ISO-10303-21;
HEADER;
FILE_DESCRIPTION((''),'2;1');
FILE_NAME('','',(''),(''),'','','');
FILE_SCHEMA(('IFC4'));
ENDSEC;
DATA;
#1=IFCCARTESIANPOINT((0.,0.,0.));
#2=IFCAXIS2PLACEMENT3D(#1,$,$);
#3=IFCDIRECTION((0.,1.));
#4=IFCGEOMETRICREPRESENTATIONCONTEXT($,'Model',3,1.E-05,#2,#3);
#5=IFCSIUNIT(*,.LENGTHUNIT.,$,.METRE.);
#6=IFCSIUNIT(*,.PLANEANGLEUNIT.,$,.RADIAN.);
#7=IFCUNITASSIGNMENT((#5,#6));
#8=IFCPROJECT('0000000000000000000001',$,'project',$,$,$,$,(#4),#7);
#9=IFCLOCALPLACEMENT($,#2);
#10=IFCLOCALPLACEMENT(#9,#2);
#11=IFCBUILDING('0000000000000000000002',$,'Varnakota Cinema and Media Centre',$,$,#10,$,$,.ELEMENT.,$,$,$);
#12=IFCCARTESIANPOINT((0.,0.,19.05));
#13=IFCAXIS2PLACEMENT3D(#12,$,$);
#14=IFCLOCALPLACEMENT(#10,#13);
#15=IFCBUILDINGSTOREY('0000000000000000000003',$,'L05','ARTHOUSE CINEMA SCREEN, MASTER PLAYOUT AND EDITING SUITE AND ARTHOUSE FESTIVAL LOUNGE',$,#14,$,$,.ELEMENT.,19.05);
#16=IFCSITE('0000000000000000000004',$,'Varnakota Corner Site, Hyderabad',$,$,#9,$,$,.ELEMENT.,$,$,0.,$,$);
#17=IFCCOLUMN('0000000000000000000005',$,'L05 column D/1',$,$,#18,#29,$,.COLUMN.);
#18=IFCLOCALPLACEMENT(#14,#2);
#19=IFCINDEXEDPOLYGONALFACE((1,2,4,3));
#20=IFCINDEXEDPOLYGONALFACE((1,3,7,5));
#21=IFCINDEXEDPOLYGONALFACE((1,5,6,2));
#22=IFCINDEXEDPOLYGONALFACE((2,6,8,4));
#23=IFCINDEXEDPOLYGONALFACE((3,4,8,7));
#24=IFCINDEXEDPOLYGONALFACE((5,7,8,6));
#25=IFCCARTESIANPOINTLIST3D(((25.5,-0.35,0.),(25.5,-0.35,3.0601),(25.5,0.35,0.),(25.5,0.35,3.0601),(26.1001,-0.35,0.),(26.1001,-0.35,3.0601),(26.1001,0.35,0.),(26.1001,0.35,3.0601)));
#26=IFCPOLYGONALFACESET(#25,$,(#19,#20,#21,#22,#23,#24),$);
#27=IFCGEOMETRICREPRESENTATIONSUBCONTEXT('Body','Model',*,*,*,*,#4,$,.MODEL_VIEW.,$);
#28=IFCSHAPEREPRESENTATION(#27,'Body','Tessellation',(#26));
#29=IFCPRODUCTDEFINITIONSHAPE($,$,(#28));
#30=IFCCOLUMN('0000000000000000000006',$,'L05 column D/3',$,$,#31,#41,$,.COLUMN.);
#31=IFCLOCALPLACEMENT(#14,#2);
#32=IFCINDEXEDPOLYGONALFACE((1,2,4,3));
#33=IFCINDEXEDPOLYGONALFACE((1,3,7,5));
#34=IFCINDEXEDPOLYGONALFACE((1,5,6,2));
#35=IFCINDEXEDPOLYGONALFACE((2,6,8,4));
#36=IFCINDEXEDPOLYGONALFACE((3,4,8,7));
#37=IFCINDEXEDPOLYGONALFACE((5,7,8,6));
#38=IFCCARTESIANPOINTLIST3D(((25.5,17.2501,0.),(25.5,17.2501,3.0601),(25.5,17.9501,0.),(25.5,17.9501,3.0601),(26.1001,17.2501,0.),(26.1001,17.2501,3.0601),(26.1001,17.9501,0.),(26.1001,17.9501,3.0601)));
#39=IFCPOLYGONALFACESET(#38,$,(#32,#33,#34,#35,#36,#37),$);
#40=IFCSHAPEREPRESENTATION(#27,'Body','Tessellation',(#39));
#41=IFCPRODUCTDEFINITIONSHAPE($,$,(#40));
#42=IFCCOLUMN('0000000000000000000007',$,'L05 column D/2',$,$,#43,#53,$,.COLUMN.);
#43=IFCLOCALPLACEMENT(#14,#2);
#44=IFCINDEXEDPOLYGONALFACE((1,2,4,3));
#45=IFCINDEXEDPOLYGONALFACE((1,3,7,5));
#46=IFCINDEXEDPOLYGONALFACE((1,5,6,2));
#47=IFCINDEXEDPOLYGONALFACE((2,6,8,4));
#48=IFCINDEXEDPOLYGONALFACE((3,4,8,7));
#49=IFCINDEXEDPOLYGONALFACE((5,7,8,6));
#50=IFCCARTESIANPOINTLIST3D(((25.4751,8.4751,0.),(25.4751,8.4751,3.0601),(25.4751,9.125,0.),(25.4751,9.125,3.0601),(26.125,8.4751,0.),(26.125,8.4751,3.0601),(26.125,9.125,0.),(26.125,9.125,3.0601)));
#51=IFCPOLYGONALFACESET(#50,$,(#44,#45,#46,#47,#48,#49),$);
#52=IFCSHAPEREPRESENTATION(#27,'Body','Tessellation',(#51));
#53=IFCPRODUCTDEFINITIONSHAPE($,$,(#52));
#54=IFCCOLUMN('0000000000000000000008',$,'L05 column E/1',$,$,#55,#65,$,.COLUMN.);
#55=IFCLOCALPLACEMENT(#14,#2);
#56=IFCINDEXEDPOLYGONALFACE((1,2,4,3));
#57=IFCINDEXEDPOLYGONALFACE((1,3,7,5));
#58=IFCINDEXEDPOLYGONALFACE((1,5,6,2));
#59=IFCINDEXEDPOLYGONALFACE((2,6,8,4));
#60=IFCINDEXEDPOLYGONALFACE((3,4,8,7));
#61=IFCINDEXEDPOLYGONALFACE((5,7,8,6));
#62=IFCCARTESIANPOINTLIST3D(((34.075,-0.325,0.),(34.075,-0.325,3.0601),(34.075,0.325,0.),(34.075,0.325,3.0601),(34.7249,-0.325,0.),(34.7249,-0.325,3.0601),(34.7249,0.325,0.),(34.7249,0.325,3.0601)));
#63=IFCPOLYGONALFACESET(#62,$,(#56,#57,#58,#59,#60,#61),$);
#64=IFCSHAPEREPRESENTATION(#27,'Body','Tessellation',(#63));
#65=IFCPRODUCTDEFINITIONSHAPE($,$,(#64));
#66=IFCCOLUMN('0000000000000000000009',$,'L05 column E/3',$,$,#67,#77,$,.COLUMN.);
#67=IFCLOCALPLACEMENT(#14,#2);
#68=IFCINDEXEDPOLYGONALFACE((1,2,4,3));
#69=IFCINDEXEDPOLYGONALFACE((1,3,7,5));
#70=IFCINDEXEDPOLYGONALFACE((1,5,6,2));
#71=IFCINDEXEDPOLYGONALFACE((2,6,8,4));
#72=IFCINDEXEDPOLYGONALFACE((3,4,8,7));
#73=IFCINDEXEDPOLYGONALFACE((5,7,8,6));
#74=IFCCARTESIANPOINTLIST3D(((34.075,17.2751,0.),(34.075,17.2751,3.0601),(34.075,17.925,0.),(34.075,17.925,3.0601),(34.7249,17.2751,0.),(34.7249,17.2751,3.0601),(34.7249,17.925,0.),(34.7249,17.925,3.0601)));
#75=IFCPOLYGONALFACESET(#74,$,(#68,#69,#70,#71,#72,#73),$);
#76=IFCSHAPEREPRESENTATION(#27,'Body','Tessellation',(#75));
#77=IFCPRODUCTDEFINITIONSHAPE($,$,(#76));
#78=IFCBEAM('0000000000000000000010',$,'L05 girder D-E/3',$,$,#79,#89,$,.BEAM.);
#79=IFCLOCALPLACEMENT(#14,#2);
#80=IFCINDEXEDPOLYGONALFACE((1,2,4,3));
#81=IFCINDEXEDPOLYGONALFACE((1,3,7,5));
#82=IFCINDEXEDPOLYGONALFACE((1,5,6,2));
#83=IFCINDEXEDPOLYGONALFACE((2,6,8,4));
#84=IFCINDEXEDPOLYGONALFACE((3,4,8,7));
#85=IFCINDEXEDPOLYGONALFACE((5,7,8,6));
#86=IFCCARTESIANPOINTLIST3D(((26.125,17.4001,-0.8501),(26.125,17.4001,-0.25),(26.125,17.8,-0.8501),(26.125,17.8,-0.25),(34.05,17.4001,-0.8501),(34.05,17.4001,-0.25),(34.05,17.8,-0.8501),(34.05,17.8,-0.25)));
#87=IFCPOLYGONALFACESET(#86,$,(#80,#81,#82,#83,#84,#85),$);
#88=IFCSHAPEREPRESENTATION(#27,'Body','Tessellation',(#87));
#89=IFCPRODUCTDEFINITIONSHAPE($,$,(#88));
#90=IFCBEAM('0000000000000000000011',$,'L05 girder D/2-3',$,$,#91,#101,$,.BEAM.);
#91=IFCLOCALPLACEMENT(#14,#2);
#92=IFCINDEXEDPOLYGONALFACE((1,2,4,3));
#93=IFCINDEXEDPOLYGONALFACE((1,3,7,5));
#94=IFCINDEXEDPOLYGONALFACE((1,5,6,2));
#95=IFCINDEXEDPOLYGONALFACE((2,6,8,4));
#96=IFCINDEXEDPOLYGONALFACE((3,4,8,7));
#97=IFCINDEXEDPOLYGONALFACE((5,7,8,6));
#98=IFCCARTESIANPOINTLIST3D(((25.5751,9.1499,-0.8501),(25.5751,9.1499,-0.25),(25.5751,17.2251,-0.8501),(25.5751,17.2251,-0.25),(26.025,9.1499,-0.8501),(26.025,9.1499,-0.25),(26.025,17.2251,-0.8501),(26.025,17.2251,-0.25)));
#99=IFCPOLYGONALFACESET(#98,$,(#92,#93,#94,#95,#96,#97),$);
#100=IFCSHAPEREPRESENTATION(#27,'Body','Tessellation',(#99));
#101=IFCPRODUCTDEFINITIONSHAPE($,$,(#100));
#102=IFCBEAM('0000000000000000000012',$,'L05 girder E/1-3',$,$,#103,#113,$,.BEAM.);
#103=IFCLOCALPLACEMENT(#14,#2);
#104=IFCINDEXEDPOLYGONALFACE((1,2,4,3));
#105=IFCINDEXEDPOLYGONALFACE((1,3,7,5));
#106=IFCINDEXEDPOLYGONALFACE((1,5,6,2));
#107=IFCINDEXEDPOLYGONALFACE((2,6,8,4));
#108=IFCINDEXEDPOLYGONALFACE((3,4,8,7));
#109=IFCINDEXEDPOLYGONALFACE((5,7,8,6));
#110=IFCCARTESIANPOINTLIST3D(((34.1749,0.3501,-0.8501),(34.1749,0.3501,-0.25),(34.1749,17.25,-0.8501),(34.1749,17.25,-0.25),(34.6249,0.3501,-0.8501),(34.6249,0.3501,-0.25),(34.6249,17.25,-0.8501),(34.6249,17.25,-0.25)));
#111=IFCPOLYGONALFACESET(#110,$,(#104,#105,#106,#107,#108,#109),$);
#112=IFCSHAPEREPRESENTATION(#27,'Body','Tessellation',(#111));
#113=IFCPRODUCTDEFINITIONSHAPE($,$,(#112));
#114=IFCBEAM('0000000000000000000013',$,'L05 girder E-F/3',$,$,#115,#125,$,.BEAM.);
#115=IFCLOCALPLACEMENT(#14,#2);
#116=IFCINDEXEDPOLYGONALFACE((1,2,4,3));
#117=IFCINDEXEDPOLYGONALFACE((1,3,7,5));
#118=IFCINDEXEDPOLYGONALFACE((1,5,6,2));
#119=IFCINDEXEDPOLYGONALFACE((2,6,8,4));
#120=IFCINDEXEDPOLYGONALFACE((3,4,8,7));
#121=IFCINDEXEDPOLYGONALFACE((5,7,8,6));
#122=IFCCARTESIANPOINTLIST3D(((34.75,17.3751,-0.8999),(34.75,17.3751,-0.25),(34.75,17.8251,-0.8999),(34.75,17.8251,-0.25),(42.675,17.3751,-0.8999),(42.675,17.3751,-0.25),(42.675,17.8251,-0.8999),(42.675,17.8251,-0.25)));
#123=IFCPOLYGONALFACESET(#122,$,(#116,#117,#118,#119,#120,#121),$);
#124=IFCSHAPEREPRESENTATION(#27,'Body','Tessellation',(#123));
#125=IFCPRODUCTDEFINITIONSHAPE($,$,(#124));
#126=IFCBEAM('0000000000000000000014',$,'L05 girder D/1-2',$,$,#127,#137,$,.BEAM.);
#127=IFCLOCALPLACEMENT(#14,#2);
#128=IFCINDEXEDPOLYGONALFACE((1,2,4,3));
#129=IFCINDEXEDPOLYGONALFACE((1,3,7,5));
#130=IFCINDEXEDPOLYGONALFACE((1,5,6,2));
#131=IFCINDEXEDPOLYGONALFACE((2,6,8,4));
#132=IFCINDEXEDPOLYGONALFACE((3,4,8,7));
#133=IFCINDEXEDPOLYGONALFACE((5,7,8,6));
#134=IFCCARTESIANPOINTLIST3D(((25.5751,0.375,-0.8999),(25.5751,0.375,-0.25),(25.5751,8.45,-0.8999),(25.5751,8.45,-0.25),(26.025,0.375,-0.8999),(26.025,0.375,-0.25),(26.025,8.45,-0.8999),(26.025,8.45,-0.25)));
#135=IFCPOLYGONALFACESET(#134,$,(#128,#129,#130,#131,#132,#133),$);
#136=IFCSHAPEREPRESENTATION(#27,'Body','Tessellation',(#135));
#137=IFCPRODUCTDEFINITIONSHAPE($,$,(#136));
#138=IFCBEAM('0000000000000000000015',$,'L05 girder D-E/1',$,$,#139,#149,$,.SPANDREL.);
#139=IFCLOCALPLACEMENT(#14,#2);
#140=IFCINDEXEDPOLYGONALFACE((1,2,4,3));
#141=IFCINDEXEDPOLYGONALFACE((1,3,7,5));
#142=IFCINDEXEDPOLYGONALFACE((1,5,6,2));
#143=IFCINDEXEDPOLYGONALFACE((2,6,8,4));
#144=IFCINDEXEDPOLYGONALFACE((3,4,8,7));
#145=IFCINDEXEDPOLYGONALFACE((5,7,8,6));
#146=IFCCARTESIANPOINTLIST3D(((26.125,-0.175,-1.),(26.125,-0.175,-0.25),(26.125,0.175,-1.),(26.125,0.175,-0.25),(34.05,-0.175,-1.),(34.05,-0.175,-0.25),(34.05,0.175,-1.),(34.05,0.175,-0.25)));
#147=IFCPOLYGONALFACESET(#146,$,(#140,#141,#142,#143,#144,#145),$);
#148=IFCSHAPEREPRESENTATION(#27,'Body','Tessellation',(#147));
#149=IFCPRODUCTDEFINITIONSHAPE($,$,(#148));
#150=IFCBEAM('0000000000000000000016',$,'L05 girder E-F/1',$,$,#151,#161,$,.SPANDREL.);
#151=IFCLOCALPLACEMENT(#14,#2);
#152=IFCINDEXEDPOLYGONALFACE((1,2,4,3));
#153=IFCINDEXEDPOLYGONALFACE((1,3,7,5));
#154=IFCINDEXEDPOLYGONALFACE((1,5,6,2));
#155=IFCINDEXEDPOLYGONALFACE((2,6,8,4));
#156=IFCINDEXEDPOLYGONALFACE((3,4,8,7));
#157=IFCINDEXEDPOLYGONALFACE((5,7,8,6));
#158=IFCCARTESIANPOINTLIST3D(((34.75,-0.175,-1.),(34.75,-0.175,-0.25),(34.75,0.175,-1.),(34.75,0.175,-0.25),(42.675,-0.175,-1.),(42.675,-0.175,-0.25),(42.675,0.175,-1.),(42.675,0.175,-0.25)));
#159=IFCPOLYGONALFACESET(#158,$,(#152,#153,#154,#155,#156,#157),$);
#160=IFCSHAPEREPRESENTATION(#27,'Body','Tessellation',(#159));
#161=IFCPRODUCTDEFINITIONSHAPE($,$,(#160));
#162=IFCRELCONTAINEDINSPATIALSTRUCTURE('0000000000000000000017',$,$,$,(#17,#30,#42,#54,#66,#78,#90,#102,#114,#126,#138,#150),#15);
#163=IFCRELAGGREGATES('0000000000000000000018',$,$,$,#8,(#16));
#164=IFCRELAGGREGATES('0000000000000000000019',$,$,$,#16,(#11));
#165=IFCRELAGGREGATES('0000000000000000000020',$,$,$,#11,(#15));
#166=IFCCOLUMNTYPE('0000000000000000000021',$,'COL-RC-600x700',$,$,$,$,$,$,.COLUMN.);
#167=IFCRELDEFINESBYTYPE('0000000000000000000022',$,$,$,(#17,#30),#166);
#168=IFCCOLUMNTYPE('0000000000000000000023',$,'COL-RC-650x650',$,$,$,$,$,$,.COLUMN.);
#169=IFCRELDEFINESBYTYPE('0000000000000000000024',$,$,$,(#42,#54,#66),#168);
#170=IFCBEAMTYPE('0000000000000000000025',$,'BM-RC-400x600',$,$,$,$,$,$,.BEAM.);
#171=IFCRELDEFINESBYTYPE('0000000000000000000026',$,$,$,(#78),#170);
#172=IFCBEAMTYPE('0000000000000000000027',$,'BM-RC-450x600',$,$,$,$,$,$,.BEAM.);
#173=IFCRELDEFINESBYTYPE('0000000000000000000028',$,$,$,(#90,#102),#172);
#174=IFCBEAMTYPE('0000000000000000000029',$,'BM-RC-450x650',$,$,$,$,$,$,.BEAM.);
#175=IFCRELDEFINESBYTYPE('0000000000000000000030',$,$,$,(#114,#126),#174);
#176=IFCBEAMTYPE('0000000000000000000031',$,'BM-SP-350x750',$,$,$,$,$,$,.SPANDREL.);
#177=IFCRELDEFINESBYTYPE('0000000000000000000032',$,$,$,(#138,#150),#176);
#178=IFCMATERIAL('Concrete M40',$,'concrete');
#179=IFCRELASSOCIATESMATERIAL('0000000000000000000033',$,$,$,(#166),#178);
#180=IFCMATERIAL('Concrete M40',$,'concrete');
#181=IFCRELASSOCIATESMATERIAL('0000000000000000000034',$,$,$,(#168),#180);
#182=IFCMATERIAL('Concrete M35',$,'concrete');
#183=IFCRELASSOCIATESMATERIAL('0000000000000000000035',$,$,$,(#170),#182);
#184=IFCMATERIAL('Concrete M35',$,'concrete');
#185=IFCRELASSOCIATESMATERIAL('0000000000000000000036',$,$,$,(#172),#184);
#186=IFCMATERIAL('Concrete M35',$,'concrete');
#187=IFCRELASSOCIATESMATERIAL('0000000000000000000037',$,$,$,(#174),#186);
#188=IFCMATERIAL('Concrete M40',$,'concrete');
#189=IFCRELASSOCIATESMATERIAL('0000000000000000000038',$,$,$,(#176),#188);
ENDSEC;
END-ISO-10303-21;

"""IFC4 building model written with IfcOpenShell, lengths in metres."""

from ifc_helpers import new_model, si_unit, direction, frame, origin, origin_2d, place, context, subcontext, project, spatial, rectangle, extrude, material, material_profile, profile_set, type_object, element, save


model = new_model("IFC4")

# Units and contexts
model_context = context("Model", 3, precision=1e-05, world=origin(), true_north=direction((0.0, 1.0)))
body_context = subcontext(model_context, "Body", "Model", "MODEL_VIEW")
ifc_project = project(units=[si_unit("LENGTHUNIT", "METRE"), si_unit("PLANEANGLEUNIT", "RADIAN")], contexts=[model_context])

# Site, building, storey
site_placement = place(None, origin())
site = spatial("IfcSite", under=ifc_project, at=site_placement, Name="Varnakota Corner Site, Hyderabad", CompositionType="ELEMENT", RefElevation=0.0)
building_placement = place(site_placement, origin())
building = spatial("IfcBuilding", under=site, at=building_placement, Name="Varnakota Cinema and Media Centre", CompositionType="ELEMENT")
storey_placement = place(building_placement, frame((0.0, 0.0, 19.05)))
storey = spatial("IfcBuildingStorey", under=building, at=storey_placement, Name="L05", Description="ARTHOUSE CINEMA SCREEN, MASTER PLAYOUT AND EDITING SUITE AND ARTHOUSE FESTIVAL LOUNGE", CompositionType="ELEMENT", Elevation=19.05)

# Columns
ifc_material_1 = material(Name="Concrete M40", Category="concrete")
ifc_material_profile_1 = material_profile(ifc_material_1, rectangle(XDim=0.6001, YDim=0.7, at=origin_2d()), Name="RC 600x700")
ifc_profile_set_1 = profile_set([ifc_material_profile_1], Name="Concrete M40")
column_type_1 = type_object("IfcColumnType", Name="COL-RC-600x700", PredefinedType="COLUMN", material=ifc_profile_set_1)
for number, where, z_axis, x_axis, name in (
    (1, (25.8, 0.0, 0.0), (0.0, 0.0, 1.0), (1.0, 0.0, 0.0), "L05 column D/1"),
    (2, (25.8, 17.6001, 0.0), (0.0, 0.0, 1.0), (1.0, 0.0, 0.0), "L05 column D/3"),
):
    element("IfcColumn", number, at=place(storey_placement, frame(where, z_axis=z_axis, x_axis=x_axis)), inside=storey, type_object=column_type_1, Name=name, PredefinedType="COLUMN", context=body_context, shape_type="SweptSolid", body=[
        extrude(rectangle(XDim=0.6001, YDim=0.7, at=origin_2d()), origin(), (0.0, 0.0, 1.0), 3.0601),
    ])
ifc_material_2 = material(Name="Concrete M40", Category="concrete")
ifc_material_profile_2 = material_profile(ifc_material_2, rectangle(XDim=0.6499, YDim=0.6499, at=origin_2d()), Name="RC 650x650")
ifc_profile_set_2 = profile_set([ifc_material_profile_2], Name="Concrete M40")
column_type_2 = type_object("IfcColumnType", Name="COL-RC-650x650", PredefinedType="COLUMN", material=ifc_profile_set_2)
for number, where, z_axis, x_axis, name in (
    (3, (25.8, 8.8, 0.0), (0.0, 0.0, 1.0), (1.0, 0.0, 0.0), "L05 column D/2"),
    (4, (34.3999, 0.0, 0.0), (0.0, 0.0, 1.0), (1.0, 0.0, 0.0), "L05 column E/1"),
    (5, (34.3999, 17.6001, 0.0), (0.0, 0.0, 1.0), (1.0, 0.0, 0.0), "L05 column E/3"),
):
    element("IfcColumn", number, at=place(storey_placement, frame(where, z_axis=z_axis, x_axis=x_axis)), inside=storey, type_object=column_type_2, Name=name, PredefinedType="COLUMN", context=body_context, shape_type="SweptSolid", body=[
        extrude(rectangle(XDim=0.6499, YDim=0.6499, at=origin_2d()), origin(), (0.0, 0.0, 1.0), 3.0601),
    ])

# Beams
ifc_material_3 = material(Name="Concrete M35", Category="concrete")
ifc_material_profile_3 = material_profile(ifc_material_3, rectangle(XDim=0.3999, YDim=0.6001, at=origin_2d()), Name="RCB 400x600")
ifc_profile_set_3 = profile_set([ifc_material_profile_3], Name="Concrete M35")
beam_type_1 = type_object("IfcBeamType", Name="BM-RC-400x600", PredefinedType="BEAM", material=ifc_profile_set_3)
beam_1_placement = place(storey_placement, frame((26.125, 17.6001, -0.55), z_axis=(1.0, 0.0, 0.0), x_axis=(0.0, 1.0, 0.0)))
element("IfcBeam", 6, at=beam_1_placement, inside=storey, type_object=beam_type_1, Name="L05 girder D-E/3", PredefinedType="BEAM", context=body_context, shape_type="SweptSolid", body=[
    extrude(rectangle(XDim=0.3999, YDim=0.6001, at=origin_2d()), origin(), (0.0, 0.0, 1.0), 7.925),
])
ifc_material_4 = material(Name="Concrete M35", Category="concrete")
ifc_material_profile_4 = material_profile(ifc_material_4, rectangle(XDim=0.45, YDim=0.6001, at=origin_2d()), Name="RCB 450x600")
ifc_profile_set_4 = profile_set([ifc_material_profile_4], Name="Concrete M35")
beam_type_2 = type_object("IfcBeamType", Name="BM-RC-450x600", PredefinedType="BEAM", material=ifc_profile_set_4)
beam_2_placement = place(storey_placement, frame((25.8, 9.1499, -0.55), z_axis=(0.0, 1.0, 0.0), x_axis=(-1.0, 0.0, 0.0)))
element("IfcBeam", 7, at=beam_2_placement, inside=storey, type_object=beam_type_2, Name="L05 girder D/2-3", PredefinedType="BEAM", context=body_context, shape_type="SweptSolid", body=[
    extrude(rectangle(XDim=0.45, YDim=0.6001, at=origin_2d()), origin(), (0.0, 0.0, 1.0), 8.0752),
])
beam_3_placement = place(storey_placement, frame((34.3999, 0.3501, -0.55), z_axis=(0.0, 1.0, 0.0), x_axis=(-1.0, 0.0, 0.0)))
element("IfcBeam", 8, at=beam_3_placement, inside=storey, type_object=beam_type_2, Name="L05 girder E/1-3", PredefinedType="BEAM", context=body_context, shape_type="SweptSolid", body=[
    extrude(rectangle(XDim=0.45, YDim=0.6001, at=origin_2d()), origin(), (0.0, 0.0, 1.0), 16.8999),
])
ifc_material_5 = material(Name="Concrete M35", Category="concrete")
ifc_material_profile_5 = material_profile(ifc_material_5, rectangle(XDim=0.45, YDim=0.6499, at=origin_2d()), Name="RCB 450x650")
ifc_profile_set_5 = profile_set([ifc_material_profile_5], Name="Concrete M35")
beam_type_3 = type_object("IfcBeamType", Name="BM-RC-450x650", PredefinedType="BEAM", material=ifc_profile_set_5)
beam_4_placement = place(storey_placement, frame((34.75, 17.6001, -0.575), z_axis=(1.0, 0.0, 0.0), x_axis=(0.0, 1.0, 0.0)))
element("IfcBeam", 9, at=beam_4_placement, inside=storey, type_object=beam_type_3, Name="L05 girder E-F/3", PredefinedType="BEAM", context=body_context, shape_type="SweptSolid", body=[
    extrude(rectangle(XDim=0.45, YDim=0.6499, at=origin_2d()), origin(), (0.0, 0.0, 1.0), 7.925),
])
beam_5_placement = place(storey_placement, frame((25.8, 0.375, -0.575), z_axis=(0.0, 1.0, 0.0), x_axis=(-1.0, 0.0, 0.0)))
element("IfcBeam", 10, at=beam_5_placement, inside=storey, type_object=beam_type_3, Name="L05 girder D/1-2", PredefinedType="BEAM", context=body_context, shape_type="SweptSolid", body=[
    extrude(rectangle(XDim=0.45, YDim=0.6499, at=origin_2d()), origin(), (0.0, 0.0, 1.0), 8.075),
])
ifc_material_6 = material(Name="Concrete M40", Category="concrete")
ifc_material_profile_6 = material_profile(ifc_material_6, rectangle(XDim=0.3501, YDim=0.75, at=origin_2d()), Name="RCB 350x750")
ifc_profile_set_6 = profile_set([ifc_material_profile_6], Name="Concrete M40")
beam_type_4 = type_object("IfcBeamType", Name="BM-SP-350x750", PredefinedType="SPANDREL", material=ifc_profile_set_6)
for number, where, z_axis, x_axis, name in (
    (11, (26.125, 0.0, -0.625), (1.0, 0.0, 0.0), (0.0, 1.0, 0.0), "L05 girder D-E/1"),
    (12, (34.75, 0.0, -0.625), (1.0, 0.0, 0.0), (0.0, 1.0, 0.0), "L05 girder E-F/1"),
):
    element("IfcBeam", number, at=place(storey_placement, frame(where, z_axis=z_axis, x_axis=x_axis)), inside=storey, type_object=beam_type_4, Name=name, PredefinedType="SPANDREL", context=body_context, shape_type="SweptSolid", body=[
        extrude(rectangle(XDim=0.3501, YDim=0.75, at=origin_2d()), origin(), (0.0, 0.0, 1.0), 7.925),
    ])

save(model, "model.ifc")
